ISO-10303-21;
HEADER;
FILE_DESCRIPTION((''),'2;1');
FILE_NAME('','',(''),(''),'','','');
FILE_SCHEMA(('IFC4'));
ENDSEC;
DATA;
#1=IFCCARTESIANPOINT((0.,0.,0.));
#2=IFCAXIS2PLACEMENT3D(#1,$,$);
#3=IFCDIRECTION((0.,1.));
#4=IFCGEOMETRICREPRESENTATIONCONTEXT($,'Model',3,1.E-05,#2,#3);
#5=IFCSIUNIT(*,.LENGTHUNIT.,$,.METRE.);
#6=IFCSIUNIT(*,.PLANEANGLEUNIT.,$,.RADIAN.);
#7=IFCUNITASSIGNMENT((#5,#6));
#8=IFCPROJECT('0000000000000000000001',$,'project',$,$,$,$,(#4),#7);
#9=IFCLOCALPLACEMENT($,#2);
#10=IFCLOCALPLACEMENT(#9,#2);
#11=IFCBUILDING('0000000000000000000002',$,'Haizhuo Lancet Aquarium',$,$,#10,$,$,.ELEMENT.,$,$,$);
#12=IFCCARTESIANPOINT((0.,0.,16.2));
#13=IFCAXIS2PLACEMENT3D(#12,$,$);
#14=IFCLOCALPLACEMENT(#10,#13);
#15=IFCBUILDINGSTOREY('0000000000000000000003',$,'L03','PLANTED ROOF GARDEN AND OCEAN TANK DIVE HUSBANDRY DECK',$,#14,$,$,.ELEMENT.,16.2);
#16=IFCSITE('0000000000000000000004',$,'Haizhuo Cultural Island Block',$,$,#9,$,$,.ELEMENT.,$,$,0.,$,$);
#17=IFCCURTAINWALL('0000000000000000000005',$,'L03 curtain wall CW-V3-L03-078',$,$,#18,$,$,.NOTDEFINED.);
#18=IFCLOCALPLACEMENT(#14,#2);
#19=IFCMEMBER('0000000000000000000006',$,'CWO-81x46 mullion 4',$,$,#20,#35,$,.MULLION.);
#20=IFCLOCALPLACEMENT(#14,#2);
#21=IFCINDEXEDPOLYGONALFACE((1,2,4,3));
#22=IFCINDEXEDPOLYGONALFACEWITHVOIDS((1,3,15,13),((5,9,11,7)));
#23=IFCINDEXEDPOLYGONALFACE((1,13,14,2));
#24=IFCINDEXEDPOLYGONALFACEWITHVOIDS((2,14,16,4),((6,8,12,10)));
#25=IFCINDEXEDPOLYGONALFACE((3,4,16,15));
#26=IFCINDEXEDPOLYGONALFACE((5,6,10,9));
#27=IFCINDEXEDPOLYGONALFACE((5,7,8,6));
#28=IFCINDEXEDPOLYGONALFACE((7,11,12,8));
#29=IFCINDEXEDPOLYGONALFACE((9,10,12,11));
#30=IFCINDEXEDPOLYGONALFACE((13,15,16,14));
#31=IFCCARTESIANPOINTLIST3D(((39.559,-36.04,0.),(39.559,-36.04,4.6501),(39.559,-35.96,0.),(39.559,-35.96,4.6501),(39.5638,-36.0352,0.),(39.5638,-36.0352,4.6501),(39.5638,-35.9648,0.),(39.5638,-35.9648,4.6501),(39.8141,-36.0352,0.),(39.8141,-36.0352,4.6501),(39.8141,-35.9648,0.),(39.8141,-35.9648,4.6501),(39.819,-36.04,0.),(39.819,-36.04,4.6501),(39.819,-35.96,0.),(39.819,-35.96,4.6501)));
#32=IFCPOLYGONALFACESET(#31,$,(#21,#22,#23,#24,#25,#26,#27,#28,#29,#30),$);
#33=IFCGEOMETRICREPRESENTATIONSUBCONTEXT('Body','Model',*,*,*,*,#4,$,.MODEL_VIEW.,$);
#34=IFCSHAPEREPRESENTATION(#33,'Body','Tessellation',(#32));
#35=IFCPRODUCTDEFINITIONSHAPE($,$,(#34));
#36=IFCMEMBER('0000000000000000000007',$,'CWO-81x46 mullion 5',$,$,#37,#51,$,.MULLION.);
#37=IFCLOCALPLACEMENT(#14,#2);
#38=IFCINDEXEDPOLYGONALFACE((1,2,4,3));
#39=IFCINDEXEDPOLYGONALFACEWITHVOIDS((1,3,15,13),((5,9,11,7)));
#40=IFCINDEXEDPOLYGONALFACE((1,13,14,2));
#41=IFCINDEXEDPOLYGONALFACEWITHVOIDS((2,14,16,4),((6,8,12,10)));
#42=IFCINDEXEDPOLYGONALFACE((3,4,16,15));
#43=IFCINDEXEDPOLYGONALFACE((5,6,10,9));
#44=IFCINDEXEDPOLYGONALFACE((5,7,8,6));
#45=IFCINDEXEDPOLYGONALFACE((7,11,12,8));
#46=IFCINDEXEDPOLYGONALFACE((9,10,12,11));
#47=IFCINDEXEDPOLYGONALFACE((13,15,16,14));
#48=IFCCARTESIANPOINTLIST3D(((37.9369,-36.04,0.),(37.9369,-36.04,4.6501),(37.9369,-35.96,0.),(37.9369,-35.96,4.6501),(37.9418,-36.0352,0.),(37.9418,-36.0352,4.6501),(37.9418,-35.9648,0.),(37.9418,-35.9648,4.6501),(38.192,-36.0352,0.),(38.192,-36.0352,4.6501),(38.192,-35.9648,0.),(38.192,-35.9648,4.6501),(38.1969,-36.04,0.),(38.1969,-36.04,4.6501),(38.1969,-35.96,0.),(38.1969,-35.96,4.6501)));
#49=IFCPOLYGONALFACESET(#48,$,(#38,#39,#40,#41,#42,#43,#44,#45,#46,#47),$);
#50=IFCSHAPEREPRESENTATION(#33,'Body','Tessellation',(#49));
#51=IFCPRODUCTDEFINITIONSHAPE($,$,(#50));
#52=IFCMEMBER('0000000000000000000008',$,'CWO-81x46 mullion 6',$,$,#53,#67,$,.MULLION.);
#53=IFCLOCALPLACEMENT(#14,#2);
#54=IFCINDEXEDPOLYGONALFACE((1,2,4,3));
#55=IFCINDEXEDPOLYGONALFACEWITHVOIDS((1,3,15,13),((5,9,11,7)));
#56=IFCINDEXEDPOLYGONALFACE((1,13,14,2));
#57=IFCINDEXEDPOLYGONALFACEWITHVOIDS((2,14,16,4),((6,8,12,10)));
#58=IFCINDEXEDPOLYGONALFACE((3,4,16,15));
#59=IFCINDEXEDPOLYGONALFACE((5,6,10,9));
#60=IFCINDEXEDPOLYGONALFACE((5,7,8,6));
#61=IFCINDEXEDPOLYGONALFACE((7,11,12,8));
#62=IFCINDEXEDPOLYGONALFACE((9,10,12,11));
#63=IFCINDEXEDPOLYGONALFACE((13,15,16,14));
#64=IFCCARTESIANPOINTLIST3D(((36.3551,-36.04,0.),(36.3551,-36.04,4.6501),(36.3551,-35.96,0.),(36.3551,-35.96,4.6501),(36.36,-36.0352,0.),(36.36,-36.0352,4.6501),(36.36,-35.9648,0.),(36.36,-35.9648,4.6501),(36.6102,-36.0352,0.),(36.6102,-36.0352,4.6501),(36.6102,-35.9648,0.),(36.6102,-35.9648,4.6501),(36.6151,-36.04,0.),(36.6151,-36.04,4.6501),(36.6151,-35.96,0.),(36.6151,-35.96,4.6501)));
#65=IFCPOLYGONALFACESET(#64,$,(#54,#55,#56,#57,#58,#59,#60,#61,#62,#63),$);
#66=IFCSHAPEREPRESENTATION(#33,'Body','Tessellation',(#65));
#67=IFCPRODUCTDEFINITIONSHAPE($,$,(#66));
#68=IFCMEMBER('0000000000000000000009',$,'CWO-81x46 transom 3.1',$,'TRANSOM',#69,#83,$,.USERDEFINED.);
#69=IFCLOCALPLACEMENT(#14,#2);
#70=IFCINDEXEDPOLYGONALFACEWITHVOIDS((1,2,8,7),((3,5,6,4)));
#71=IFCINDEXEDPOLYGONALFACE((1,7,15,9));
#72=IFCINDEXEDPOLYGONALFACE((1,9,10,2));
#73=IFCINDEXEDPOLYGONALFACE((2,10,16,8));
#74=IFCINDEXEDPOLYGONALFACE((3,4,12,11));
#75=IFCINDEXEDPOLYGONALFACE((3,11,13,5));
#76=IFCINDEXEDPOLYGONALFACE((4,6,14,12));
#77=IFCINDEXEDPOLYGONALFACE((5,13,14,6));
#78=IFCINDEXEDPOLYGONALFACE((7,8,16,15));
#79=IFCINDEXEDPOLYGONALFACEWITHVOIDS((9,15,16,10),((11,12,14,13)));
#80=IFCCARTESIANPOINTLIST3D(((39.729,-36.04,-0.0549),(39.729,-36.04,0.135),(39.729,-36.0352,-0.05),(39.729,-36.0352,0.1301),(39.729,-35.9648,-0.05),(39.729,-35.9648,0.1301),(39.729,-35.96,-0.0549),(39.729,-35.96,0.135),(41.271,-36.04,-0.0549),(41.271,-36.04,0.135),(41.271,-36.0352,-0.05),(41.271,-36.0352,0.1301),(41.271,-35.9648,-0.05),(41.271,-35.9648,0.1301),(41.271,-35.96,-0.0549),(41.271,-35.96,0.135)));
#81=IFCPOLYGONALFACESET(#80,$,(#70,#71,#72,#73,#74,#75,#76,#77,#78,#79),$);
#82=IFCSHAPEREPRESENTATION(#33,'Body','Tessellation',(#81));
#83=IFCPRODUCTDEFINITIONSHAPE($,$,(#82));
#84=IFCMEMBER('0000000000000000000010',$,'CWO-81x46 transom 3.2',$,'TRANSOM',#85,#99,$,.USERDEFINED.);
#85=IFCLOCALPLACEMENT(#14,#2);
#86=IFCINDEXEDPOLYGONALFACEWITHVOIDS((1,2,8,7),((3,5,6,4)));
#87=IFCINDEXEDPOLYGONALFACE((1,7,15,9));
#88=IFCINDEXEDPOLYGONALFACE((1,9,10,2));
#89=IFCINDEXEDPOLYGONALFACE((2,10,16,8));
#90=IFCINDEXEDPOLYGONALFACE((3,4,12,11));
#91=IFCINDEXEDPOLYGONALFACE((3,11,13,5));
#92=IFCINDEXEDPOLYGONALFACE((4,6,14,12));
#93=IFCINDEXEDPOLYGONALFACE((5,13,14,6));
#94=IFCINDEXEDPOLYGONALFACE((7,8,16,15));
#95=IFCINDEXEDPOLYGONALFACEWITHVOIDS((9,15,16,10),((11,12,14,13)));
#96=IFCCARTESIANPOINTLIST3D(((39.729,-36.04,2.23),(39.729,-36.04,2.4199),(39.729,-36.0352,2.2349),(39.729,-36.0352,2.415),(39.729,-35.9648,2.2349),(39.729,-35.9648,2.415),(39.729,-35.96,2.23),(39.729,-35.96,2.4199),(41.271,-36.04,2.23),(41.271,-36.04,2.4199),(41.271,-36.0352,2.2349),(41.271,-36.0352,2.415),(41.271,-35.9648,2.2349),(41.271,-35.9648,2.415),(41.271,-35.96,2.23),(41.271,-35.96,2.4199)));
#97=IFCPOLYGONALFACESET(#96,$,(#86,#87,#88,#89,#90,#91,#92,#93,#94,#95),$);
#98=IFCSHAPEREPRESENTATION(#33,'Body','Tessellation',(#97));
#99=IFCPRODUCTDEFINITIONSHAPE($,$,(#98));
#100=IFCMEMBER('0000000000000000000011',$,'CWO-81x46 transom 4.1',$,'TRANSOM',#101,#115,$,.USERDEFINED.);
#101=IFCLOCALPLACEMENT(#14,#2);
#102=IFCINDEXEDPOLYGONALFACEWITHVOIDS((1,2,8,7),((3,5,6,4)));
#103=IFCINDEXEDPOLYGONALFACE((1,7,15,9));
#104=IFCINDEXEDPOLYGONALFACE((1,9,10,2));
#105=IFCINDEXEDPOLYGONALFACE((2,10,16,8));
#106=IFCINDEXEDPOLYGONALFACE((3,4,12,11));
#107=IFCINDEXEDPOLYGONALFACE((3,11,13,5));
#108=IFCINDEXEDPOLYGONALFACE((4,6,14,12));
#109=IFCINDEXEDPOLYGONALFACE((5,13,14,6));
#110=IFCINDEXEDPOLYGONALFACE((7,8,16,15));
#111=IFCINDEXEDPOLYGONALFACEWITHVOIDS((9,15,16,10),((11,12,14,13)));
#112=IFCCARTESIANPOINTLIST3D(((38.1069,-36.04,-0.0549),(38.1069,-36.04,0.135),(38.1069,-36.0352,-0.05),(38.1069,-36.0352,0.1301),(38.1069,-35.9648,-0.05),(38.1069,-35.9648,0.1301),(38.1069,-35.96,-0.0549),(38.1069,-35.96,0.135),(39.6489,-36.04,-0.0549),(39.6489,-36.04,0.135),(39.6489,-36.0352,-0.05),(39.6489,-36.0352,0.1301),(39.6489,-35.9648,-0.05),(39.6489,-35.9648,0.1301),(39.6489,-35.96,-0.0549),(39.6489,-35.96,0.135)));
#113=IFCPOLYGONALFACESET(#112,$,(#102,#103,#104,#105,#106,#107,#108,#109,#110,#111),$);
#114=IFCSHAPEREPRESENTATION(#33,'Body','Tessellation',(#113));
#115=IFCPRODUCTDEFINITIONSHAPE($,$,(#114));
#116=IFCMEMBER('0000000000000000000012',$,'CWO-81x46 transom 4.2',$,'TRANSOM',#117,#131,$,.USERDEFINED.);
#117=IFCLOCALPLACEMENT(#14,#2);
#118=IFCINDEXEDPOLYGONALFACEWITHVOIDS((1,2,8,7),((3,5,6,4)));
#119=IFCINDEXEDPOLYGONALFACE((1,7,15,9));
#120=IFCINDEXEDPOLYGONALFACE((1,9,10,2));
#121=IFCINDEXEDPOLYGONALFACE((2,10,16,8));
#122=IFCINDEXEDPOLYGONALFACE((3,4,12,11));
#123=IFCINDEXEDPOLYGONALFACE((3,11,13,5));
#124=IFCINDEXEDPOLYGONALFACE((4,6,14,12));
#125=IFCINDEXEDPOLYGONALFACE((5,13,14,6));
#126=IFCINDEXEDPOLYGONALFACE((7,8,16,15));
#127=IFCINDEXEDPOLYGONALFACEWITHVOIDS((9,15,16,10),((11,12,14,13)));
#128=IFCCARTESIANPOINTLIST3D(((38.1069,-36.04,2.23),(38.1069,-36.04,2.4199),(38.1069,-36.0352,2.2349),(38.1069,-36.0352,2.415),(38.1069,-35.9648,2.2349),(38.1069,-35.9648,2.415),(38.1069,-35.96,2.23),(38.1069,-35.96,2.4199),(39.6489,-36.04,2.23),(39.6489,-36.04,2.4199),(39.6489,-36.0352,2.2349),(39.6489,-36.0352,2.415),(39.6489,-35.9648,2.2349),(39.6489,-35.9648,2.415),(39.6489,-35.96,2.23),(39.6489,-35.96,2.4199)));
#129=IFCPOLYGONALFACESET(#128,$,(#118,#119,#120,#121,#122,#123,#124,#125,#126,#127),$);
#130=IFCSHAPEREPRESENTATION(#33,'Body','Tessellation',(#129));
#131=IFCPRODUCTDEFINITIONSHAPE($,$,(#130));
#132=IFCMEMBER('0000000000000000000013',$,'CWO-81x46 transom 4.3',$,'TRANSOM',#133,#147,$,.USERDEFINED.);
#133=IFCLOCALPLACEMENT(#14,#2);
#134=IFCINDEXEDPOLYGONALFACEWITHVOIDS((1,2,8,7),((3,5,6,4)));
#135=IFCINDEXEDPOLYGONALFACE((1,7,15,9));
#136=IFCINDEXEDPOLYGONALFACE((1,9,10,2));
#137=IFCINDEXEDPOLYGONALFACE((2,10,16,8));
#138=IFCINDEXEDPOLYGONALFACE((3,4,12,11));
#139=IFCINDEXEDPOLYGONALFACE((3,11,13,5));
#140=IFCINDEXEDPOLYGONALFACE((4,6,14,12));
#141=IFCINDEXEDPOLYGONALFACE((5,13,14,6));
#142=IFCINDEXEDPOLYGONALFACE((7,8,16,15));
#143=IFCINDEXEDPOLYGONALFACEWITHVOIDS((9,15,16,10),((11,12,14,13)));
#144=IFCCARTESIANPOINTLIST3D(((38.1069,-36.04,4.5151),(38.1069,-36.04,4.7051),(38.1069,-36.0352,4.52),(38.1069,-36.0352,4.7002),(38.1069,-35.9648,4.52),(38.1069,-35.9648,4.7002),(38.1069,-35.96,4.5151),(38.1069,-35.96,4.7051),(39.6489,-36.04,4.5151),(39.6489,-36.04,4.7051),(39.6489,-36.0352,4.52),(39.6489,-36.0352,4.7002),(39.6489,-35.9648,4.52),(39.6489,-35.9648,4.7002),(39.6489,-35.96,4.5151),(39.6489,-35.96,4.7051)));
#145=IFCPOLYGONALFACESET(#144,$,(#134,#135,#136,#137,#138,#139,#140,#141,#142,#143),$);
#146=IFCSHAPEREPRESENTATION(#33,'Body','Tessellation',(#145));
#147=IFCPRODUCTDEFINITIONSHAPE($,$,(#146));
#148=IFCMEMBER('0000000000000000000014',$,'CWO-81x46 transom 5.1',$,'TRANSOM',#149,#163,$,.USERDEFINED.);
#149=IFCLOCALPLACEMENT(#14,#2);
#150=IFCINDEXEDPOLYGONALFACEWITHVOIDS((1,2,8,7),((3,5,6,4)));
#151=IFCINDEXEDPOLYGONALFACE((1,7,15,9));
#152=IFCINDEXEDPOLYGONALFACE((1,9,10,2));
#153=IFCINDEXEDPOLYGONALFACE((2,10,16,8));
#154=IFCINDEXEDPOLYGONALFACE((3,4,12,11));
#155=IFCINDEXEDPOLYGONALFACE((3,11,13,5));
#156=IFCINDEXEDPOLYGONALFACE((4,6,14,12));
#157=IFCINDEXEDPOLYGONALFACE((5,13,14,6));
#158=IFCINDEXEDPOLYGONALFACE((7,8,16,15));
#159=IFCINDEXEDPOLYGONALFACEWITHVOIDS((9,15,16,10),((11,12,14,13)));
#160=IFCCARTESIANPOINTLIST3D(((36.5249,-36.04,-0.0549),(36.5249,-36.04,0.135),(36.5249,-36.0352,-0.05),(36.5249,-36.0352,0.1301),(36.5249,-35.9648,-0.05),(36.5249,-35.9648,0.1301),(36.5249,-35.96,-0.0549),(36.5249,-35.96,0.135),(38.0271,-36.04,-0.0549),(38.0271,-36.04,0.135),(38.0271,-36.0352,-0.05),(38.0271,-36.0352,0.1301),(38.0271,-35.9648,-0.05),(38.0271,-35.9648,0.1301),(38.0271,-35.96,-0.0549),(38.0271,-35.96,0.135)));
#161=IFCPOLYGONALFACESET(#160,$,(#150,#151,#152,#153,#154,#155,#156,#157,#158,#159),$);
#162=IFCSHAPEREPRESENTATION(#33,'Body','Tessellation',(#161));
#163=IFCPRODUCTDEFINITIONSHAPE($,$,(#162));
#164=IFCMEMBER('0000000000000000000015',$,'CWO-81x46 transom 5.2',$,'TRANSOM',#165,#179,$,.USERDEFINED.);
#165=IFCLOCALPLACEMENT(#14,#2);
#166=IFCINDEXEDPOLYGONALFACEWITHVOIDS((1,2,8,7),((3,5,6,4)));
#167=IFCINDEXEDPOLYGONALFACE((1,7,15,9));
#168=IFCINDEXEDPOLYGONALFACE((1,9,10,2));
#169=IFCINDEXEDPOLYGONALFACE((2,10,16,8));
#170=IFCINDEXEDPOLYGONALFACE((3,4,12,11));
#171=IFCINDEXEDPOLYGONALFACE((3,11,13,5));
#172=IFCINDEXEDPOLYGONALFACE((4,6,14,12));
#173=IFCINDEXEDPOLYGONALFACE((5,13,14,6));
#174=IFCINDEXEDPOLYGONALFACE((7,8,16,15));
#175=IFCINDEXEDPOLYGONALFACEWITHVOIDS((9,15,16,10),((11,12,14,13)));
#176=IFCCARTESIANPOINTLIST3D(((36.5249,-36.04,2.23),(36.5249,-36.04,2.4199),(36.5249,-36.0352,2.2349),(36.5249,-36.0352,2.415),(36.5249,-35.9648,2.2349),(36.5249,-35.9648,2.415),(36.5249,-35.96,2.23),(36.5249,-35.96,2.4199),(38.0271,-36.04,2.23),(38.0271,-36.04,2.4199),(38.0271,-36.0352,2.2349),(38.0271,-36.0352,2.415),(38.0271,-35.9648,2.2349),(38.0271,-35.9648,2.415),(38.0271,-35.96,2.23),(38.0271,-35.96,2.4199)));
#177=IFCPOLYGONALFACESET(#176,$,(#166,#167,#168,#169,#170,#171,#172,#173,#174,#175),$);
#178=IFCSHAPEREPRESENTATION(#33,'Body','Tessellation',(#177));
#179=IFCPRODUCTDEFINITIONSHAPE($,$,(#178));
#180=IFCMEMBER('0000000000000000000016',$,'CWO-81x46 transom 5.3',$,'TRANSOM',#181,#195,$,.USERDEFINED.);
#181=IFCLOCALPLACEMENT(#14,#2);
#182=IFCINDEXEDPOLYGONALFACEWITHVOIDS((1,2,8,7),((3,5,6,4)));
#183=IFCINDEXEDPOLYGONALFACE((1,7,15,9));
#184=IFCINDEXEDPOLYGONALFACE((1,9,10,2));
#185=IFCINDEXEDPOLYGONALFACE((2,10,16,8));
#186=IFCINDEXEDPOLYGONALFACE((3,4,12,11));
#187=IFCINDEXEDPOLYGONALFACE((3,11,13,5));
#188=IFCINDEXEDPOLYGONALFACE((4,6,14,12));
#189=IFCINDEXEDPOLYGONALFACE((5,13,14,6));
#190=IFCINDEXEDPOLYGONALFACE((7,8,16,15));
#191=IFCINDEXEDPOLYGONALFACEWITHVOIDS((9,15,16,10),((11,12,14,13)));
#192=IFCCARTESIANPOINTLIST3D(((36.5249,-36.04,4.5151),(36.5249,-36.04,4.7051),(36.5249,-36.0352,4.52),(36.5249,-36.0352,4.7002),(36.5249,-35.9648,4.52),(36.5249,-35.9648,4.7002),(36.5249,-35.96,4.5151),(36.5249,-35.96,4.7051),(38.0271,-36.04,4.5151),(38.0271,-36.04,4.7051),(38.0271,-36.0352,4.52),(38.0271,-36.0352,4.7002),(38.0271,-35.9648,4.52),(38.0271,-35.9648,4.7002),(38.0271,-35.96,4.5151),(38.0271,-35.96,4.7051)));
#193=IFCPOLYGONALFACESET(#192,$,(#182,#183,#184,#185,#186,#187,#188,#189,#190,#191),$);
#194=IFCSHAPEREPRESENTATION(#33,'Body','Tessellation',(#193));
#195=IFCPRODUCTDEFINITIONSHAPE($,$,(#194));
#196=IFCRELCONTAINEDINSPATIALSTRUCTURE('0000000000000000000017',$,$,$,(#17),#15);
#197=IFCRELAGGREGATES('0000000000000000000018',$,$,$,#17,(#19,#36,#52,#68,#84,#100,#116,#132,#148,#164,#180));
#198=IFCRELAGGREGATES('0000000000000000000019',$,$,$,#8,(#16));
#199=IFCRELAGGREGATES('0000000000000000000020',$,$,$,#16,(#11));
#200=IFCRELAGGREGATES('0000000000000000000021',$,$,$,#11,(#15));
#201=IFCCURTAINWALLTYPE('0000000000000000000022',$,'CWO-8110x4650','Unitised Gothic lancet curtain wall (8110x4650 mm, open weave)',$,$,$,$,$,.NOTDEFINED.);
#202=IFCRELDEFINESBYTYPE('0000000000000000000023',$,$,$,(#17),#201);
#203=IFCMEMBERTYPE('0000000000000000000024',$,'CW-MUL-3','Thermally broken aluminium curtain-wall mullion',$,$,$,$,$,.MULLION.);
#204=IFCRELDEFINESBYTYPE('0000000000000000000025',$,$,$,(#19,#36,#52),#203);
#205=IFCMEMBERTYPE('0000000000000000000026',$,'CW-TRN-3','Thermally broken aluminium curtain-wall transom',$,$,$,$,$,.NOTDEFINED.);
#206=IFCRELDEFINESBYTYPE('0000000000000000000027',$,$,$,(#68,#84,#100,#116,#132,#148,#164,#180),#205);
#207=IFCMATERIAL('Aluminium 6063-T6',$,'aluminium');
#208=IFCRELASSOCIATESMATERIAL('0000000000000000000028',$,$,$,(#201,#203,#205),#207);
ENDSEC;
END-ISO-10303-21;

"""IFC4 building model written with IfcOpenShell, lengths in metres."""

from ifc_helpers import new_model, si_unit, direction, frame, origin, origin_2d, place, context, subcontext, project, spatial, hollow_rectangle, extrude, material, material_profile, profile_set, type_object, element, aggregate, save


model = new_model("IFC4")

# Units and contexts
model_context = context("Model", 3, precision=1e-05, world=origin(), true_north=direction((0.0, 1.0)))
body_context = subcontext(model_context, "Body", "Model", "MODEL_VIEW")
ifc_project = project(units=[si_unit("LENGTHUNIT", "METRE"), si_unit("PLANEANGLEUNIT", "RADIAN")], contexts=[model_context])

# Site, building, storey
site_placement = place(None, origin())
site = spatial("IfcSite", under=ifc_project, at=site_placement, Name="Haizhuo Cultural Island Block", CompositionType="ELEMENT", RefElevation=0.0)
building_placement = place(site_placement, origin())
building = spatial("IfcBuilding", under=site, at=building_placement, Name="Haizhuo Lancet Aquarium", CompositionType="ELEMENT")
storey_placement = place(building_placement, frame((0.0, 0.0, 16.2)))
storey = spatial("IfcBuildingStorey", under=building, at=storey_placement, Name="L03", Description="PLANTED ROOF GARDEN AND OCEAN TANK DIVE HUSBANDRY DECK", CompositionType="ELEMENT", Elevation=16.2)

# Curtain wall, members
ifc_material_1 = material(Name="Aluminium 6063-T6", Category="aluminium")
curtain_wall_type = type_object("IfcCurtainWallType", Name="CWO-8110x4650", Description="Unitised Gothic lancet curtain wall (8110x4650 mm, open weave)", PredefinedType="NOTDEFINED", material=ifc_material_1)
curtain_wall_placement = place(storey_placement, origin())
curtain_wall = element("IfcCurtainWall", 1, at=curtain_wall_placement, inside=storey, type_object=curtain_wall_type, Name="L03 curtain wall CW-V3-L03-078", PredefinedType="NOTDEFINED")
ifc_material_profile_1 = material_profile(ifc_material_1, hollow_rectangle(XDim=0.0801, YDim=0.26, WallThickness=0.0049, at=origin_2d()), Name="ALU-M 80x260x5")
ifc_profile_set_1 = profile_set([ifc_material_profile_1], Name="Aluminium 6063-T6")
member_type_1 = type_object("IfcMemberType", Name="CW-MUL-3", Description="Thermally broken aluminium curtain-wall mullion", PredefinedType="MULLION", material=ifc_profile_set_1)
member_1_placement = place(storey_placement, frame((39.689, -36.0, 0.0), z_axis=(0.0, 0.0, 1.0), x_axis=(0.0, -1.0, 0.0)))
member_1 = element("IfcMember", 2, at=member_1_placement, type_object=member_type_1, Name="CWO-81x46 mullion 4", PredefinedType="MULLION", context=body_context, shape_type="SweptSolid", body=[
    extrude(hollow_rectangle(XDim=0.0801, YDim=0.26, WallThickness=0.0049, at=origin_2d()), origin(), (0.0, 0.0, 1.0), 4.6501),
])
member_2_placement = place(storey_placement, frame((38.0669, -36.0, 0.0), z_axis=(0.0, 0.0, 1.0), x_axis=(0.0, -1.0, 0.0)))
member_2 = element("IfcMember", 3, at=member_2_placement, type_object=member_type_1, Name="CWO-81x46 mullion 5", PredefinedType="MULLION", context=body_context, shape_type="SweptSolid", body=[
    extrude(hollow_rectangle(XDim=0.0801, YDim=0.26, WallThickness=0.0049, at=origin_2d()), origin(), (0.0, 0.0, 1.0), 4.6501),
])
member_3_placement = place(storey_placement, frame((36.4851, -36.0, 0.0), z_axis=(0.0, 0.0, 1.0), x_axis=(0.0, -1.0, 0.0)))
member_3 = element("IfcMember", 4, at=member_3_placement, type_object=member_type_1, Name="CWO-81x46 mullion 6", PredefinedType="MULLION", context=body_context, shape_type="SweptSolid", body=[
    extrude(hollow_rectangle(XDim=0.0801, YDim=0.26, WallThickness=0.0049, at=origin_2d()), origin(), (0.0, 0.0, 1.0), 4.6501),
])
ifc_material_profile_2 = material_profile(ifc_material_1, hollow_rectangle(XDim=0.0801, YDim=0.1899, WallThickness=0.0049, at=origin_2d()), Name="ALU-T 80x190x5")
ifc_profile_set_2 = profile_set([ifc_material_profile_2], Name="Aluminium 6063-T6")
member_type_2 = type_object("IfcMemberType", Name="CW-TRN-3", Description="Thermally broken aluminium curtain-wall transom", PredefinedType="NOTDEFINED", material=ifc_profile_set_2)
member_4_placement = place(storey_placement, frame((41.271, -36.0, 0.04), z_axis=(-1.0, 0.0, 0.0), x_axis=(0.0, -1.0, 0.0)))
member_4 = element("IfcMember", 5, at=member_4_placement, type_object=member_type_2, Name="CWO-81x46 transom 3.1", ObjectType="TRANSOM", PredefinedType="USERDEFINED", context=body_context, shape_type="SweptSolid", body=[
    extrude(hollow_rectangle(XDim=0.0801, YDim=0.1899, WallThickness=0.0049, at=origin_2d()), origin(), (0.0, 0.0, 1.0), 1.542),
])
member_5_placement = place(storey_placement, frame((41.271, -36.0, 2.325), z_axis=(-1.0, 0.0, 0.0), x_axis=(0.0, -1.0, 0.0)))
member_5 = element("IfcMember", 6, at=member_5_placement, type_object=member_type_2, Name="CWO-81x46 transom 3.2", ObjectType="TRANSOM", PredefinedType="USERDEFINED", context=body_context, shape_type="SweptSolid", body=[
    extrude(hollow_rectangle(XDim=0.0801, YDim=0.1899, WallThickness=0.0049, at=origin_2d()), origin(), (0.0, 0.0, 1.0), 1.542),
])
member_6_placement = place(storey_placement, frame((39.6489, -36.0, 0.04), z_axis=(-1.0, 0.0, 0.0), x_axis=(0.0, -1.0, 0.0)))
member_6 = element("IfcMember", 7, at=member_6_placement, type_object=member_type_2, Name="CWO-81x46 transom 4.1", ObjectType="TRANSOM", PredefinedType="USERDEFINED", context=body_context, shape_type="SweptSolid", body=[
    extrude(hollow_rectangle(XDim=0.0801, YDim=0.1899, WallThickness=0.0049, at=origin_2d()), origin(), (0.0, 0.0, 1.0), 1.542),
])
member_7_placement = place(storey_placement, frame((39.6489, -36.0, 2.325), z_axis=(-1.0, 0.0, 0.0), x_axis=(0.0, -1.0, 0.0)))
member_7 = element("IfcMember", 8, at=member_7_placement, type_object=member_type_2, Name="CWO-81x46 transom 4.2", ObjectType="TRANSOM", PredefinedType="USERDEFINED", context=body_context, shape_type="SweptSolid", body=[
    extrude(hollow_rectangle(XDim=0.0801, YDim=0.1899, WallThickness=0.0049, at=origin_2d()), origin(), (0.0, 0.0, 1.0), 1.542),
])
member_8_placement = place(storey_placement, frame((39.6489, -36.0, 4.6101), z_axis=(-1.0, 0.0, 0.0), x_axis=(0.0, -1.0, 0.0)))
member_8 = element("IfcMember", 9, at=member_8_placement, type_object=member_type_2, Name="CWO-81x46 transom 4.3", ObjectType="TRANSOM", PredefinedType="USERDEFINED", context=body_context, shape_type="SweptSolid", body=[
    extrude(hollow_rectangle(XDim=0.0801, YDim=0.1899, WallThickness=0.0049, at=origin_2d()), origin(), (0.0, 0.0, 1.0), 1.542),
])
member_9_placement = place(storey_placement, frame((38.0271, -36.0, 0.04), z_axis=(-1.0, 0.0, 0.0), x_axis=(0.0, -1.0, 0.0)))
member_9 = element("IfcMember", 10, at=member_9_placement, type_object=member_type_2, Name="CWO-81x46 transom 5.1", ObjectType="TRANSOM", PredefinedType="USERDEFINED", context=body_context, shape_type="SweptSolid", body=[
    extrude(hollow_rectangle(XDim=0.0801, YDim=0.1899, WallThickness=0.0049, at=origin_2d()), origin(), (0.0, 0.0, 1.0), 1.5022),
])
member_10_placement = place(storey_placement, frame((38.0271, -36.0, 2.325), z_axis=(-1.0, 0.0, 0.0), x_axis=(0.0, -1.0, 0.0)))
member_10 = element("IfcMember", 11, at=member_10_placement, type_object=member_type_2, Name="CWO-81x46 transom 5.2", ObjectType="TRANSOM", PredefinedType="USERDEFINED", context=body_context, shape_type="SweptSolid", body=[
    extrude(hollow_rectangle(XDim=0.0801, YDim=0.1899, WallThickness=0.0049, at=origin_2d()), origin(), (0.0, 0.0, 1.0), 1.5022),
])
member_11_placement = place(storey_placement, frame((38.0271, -36.0, 4.6101), z_axis=(-1.0, 0.0, 0.0), x_axis=(0.0, -1.0, 0.0)))
member_11 = element("IfcMember", 12, at=member_11_placement, type_object=member_type_2, Name="CWO-81x46 transom 5.3", ObjectType="TRANSOM", PredefinedType="USERDEFINED", context=body_context, shape_type="SweptSolid", body=[
    extrude(hollow_rectangle(XDim=0.0801, YDim=0.1899, WallThickness=0.0049, at=origin_2d()), origin(), (0.0, 0.0, 1.0), 1.5022),
])

aggregate(curtain_wall, [member_1, member_2, member_3, member_4, member_5, member_6, member_7, member_8, member_9, member_10, member_11])

save(model, "model.ifc")
